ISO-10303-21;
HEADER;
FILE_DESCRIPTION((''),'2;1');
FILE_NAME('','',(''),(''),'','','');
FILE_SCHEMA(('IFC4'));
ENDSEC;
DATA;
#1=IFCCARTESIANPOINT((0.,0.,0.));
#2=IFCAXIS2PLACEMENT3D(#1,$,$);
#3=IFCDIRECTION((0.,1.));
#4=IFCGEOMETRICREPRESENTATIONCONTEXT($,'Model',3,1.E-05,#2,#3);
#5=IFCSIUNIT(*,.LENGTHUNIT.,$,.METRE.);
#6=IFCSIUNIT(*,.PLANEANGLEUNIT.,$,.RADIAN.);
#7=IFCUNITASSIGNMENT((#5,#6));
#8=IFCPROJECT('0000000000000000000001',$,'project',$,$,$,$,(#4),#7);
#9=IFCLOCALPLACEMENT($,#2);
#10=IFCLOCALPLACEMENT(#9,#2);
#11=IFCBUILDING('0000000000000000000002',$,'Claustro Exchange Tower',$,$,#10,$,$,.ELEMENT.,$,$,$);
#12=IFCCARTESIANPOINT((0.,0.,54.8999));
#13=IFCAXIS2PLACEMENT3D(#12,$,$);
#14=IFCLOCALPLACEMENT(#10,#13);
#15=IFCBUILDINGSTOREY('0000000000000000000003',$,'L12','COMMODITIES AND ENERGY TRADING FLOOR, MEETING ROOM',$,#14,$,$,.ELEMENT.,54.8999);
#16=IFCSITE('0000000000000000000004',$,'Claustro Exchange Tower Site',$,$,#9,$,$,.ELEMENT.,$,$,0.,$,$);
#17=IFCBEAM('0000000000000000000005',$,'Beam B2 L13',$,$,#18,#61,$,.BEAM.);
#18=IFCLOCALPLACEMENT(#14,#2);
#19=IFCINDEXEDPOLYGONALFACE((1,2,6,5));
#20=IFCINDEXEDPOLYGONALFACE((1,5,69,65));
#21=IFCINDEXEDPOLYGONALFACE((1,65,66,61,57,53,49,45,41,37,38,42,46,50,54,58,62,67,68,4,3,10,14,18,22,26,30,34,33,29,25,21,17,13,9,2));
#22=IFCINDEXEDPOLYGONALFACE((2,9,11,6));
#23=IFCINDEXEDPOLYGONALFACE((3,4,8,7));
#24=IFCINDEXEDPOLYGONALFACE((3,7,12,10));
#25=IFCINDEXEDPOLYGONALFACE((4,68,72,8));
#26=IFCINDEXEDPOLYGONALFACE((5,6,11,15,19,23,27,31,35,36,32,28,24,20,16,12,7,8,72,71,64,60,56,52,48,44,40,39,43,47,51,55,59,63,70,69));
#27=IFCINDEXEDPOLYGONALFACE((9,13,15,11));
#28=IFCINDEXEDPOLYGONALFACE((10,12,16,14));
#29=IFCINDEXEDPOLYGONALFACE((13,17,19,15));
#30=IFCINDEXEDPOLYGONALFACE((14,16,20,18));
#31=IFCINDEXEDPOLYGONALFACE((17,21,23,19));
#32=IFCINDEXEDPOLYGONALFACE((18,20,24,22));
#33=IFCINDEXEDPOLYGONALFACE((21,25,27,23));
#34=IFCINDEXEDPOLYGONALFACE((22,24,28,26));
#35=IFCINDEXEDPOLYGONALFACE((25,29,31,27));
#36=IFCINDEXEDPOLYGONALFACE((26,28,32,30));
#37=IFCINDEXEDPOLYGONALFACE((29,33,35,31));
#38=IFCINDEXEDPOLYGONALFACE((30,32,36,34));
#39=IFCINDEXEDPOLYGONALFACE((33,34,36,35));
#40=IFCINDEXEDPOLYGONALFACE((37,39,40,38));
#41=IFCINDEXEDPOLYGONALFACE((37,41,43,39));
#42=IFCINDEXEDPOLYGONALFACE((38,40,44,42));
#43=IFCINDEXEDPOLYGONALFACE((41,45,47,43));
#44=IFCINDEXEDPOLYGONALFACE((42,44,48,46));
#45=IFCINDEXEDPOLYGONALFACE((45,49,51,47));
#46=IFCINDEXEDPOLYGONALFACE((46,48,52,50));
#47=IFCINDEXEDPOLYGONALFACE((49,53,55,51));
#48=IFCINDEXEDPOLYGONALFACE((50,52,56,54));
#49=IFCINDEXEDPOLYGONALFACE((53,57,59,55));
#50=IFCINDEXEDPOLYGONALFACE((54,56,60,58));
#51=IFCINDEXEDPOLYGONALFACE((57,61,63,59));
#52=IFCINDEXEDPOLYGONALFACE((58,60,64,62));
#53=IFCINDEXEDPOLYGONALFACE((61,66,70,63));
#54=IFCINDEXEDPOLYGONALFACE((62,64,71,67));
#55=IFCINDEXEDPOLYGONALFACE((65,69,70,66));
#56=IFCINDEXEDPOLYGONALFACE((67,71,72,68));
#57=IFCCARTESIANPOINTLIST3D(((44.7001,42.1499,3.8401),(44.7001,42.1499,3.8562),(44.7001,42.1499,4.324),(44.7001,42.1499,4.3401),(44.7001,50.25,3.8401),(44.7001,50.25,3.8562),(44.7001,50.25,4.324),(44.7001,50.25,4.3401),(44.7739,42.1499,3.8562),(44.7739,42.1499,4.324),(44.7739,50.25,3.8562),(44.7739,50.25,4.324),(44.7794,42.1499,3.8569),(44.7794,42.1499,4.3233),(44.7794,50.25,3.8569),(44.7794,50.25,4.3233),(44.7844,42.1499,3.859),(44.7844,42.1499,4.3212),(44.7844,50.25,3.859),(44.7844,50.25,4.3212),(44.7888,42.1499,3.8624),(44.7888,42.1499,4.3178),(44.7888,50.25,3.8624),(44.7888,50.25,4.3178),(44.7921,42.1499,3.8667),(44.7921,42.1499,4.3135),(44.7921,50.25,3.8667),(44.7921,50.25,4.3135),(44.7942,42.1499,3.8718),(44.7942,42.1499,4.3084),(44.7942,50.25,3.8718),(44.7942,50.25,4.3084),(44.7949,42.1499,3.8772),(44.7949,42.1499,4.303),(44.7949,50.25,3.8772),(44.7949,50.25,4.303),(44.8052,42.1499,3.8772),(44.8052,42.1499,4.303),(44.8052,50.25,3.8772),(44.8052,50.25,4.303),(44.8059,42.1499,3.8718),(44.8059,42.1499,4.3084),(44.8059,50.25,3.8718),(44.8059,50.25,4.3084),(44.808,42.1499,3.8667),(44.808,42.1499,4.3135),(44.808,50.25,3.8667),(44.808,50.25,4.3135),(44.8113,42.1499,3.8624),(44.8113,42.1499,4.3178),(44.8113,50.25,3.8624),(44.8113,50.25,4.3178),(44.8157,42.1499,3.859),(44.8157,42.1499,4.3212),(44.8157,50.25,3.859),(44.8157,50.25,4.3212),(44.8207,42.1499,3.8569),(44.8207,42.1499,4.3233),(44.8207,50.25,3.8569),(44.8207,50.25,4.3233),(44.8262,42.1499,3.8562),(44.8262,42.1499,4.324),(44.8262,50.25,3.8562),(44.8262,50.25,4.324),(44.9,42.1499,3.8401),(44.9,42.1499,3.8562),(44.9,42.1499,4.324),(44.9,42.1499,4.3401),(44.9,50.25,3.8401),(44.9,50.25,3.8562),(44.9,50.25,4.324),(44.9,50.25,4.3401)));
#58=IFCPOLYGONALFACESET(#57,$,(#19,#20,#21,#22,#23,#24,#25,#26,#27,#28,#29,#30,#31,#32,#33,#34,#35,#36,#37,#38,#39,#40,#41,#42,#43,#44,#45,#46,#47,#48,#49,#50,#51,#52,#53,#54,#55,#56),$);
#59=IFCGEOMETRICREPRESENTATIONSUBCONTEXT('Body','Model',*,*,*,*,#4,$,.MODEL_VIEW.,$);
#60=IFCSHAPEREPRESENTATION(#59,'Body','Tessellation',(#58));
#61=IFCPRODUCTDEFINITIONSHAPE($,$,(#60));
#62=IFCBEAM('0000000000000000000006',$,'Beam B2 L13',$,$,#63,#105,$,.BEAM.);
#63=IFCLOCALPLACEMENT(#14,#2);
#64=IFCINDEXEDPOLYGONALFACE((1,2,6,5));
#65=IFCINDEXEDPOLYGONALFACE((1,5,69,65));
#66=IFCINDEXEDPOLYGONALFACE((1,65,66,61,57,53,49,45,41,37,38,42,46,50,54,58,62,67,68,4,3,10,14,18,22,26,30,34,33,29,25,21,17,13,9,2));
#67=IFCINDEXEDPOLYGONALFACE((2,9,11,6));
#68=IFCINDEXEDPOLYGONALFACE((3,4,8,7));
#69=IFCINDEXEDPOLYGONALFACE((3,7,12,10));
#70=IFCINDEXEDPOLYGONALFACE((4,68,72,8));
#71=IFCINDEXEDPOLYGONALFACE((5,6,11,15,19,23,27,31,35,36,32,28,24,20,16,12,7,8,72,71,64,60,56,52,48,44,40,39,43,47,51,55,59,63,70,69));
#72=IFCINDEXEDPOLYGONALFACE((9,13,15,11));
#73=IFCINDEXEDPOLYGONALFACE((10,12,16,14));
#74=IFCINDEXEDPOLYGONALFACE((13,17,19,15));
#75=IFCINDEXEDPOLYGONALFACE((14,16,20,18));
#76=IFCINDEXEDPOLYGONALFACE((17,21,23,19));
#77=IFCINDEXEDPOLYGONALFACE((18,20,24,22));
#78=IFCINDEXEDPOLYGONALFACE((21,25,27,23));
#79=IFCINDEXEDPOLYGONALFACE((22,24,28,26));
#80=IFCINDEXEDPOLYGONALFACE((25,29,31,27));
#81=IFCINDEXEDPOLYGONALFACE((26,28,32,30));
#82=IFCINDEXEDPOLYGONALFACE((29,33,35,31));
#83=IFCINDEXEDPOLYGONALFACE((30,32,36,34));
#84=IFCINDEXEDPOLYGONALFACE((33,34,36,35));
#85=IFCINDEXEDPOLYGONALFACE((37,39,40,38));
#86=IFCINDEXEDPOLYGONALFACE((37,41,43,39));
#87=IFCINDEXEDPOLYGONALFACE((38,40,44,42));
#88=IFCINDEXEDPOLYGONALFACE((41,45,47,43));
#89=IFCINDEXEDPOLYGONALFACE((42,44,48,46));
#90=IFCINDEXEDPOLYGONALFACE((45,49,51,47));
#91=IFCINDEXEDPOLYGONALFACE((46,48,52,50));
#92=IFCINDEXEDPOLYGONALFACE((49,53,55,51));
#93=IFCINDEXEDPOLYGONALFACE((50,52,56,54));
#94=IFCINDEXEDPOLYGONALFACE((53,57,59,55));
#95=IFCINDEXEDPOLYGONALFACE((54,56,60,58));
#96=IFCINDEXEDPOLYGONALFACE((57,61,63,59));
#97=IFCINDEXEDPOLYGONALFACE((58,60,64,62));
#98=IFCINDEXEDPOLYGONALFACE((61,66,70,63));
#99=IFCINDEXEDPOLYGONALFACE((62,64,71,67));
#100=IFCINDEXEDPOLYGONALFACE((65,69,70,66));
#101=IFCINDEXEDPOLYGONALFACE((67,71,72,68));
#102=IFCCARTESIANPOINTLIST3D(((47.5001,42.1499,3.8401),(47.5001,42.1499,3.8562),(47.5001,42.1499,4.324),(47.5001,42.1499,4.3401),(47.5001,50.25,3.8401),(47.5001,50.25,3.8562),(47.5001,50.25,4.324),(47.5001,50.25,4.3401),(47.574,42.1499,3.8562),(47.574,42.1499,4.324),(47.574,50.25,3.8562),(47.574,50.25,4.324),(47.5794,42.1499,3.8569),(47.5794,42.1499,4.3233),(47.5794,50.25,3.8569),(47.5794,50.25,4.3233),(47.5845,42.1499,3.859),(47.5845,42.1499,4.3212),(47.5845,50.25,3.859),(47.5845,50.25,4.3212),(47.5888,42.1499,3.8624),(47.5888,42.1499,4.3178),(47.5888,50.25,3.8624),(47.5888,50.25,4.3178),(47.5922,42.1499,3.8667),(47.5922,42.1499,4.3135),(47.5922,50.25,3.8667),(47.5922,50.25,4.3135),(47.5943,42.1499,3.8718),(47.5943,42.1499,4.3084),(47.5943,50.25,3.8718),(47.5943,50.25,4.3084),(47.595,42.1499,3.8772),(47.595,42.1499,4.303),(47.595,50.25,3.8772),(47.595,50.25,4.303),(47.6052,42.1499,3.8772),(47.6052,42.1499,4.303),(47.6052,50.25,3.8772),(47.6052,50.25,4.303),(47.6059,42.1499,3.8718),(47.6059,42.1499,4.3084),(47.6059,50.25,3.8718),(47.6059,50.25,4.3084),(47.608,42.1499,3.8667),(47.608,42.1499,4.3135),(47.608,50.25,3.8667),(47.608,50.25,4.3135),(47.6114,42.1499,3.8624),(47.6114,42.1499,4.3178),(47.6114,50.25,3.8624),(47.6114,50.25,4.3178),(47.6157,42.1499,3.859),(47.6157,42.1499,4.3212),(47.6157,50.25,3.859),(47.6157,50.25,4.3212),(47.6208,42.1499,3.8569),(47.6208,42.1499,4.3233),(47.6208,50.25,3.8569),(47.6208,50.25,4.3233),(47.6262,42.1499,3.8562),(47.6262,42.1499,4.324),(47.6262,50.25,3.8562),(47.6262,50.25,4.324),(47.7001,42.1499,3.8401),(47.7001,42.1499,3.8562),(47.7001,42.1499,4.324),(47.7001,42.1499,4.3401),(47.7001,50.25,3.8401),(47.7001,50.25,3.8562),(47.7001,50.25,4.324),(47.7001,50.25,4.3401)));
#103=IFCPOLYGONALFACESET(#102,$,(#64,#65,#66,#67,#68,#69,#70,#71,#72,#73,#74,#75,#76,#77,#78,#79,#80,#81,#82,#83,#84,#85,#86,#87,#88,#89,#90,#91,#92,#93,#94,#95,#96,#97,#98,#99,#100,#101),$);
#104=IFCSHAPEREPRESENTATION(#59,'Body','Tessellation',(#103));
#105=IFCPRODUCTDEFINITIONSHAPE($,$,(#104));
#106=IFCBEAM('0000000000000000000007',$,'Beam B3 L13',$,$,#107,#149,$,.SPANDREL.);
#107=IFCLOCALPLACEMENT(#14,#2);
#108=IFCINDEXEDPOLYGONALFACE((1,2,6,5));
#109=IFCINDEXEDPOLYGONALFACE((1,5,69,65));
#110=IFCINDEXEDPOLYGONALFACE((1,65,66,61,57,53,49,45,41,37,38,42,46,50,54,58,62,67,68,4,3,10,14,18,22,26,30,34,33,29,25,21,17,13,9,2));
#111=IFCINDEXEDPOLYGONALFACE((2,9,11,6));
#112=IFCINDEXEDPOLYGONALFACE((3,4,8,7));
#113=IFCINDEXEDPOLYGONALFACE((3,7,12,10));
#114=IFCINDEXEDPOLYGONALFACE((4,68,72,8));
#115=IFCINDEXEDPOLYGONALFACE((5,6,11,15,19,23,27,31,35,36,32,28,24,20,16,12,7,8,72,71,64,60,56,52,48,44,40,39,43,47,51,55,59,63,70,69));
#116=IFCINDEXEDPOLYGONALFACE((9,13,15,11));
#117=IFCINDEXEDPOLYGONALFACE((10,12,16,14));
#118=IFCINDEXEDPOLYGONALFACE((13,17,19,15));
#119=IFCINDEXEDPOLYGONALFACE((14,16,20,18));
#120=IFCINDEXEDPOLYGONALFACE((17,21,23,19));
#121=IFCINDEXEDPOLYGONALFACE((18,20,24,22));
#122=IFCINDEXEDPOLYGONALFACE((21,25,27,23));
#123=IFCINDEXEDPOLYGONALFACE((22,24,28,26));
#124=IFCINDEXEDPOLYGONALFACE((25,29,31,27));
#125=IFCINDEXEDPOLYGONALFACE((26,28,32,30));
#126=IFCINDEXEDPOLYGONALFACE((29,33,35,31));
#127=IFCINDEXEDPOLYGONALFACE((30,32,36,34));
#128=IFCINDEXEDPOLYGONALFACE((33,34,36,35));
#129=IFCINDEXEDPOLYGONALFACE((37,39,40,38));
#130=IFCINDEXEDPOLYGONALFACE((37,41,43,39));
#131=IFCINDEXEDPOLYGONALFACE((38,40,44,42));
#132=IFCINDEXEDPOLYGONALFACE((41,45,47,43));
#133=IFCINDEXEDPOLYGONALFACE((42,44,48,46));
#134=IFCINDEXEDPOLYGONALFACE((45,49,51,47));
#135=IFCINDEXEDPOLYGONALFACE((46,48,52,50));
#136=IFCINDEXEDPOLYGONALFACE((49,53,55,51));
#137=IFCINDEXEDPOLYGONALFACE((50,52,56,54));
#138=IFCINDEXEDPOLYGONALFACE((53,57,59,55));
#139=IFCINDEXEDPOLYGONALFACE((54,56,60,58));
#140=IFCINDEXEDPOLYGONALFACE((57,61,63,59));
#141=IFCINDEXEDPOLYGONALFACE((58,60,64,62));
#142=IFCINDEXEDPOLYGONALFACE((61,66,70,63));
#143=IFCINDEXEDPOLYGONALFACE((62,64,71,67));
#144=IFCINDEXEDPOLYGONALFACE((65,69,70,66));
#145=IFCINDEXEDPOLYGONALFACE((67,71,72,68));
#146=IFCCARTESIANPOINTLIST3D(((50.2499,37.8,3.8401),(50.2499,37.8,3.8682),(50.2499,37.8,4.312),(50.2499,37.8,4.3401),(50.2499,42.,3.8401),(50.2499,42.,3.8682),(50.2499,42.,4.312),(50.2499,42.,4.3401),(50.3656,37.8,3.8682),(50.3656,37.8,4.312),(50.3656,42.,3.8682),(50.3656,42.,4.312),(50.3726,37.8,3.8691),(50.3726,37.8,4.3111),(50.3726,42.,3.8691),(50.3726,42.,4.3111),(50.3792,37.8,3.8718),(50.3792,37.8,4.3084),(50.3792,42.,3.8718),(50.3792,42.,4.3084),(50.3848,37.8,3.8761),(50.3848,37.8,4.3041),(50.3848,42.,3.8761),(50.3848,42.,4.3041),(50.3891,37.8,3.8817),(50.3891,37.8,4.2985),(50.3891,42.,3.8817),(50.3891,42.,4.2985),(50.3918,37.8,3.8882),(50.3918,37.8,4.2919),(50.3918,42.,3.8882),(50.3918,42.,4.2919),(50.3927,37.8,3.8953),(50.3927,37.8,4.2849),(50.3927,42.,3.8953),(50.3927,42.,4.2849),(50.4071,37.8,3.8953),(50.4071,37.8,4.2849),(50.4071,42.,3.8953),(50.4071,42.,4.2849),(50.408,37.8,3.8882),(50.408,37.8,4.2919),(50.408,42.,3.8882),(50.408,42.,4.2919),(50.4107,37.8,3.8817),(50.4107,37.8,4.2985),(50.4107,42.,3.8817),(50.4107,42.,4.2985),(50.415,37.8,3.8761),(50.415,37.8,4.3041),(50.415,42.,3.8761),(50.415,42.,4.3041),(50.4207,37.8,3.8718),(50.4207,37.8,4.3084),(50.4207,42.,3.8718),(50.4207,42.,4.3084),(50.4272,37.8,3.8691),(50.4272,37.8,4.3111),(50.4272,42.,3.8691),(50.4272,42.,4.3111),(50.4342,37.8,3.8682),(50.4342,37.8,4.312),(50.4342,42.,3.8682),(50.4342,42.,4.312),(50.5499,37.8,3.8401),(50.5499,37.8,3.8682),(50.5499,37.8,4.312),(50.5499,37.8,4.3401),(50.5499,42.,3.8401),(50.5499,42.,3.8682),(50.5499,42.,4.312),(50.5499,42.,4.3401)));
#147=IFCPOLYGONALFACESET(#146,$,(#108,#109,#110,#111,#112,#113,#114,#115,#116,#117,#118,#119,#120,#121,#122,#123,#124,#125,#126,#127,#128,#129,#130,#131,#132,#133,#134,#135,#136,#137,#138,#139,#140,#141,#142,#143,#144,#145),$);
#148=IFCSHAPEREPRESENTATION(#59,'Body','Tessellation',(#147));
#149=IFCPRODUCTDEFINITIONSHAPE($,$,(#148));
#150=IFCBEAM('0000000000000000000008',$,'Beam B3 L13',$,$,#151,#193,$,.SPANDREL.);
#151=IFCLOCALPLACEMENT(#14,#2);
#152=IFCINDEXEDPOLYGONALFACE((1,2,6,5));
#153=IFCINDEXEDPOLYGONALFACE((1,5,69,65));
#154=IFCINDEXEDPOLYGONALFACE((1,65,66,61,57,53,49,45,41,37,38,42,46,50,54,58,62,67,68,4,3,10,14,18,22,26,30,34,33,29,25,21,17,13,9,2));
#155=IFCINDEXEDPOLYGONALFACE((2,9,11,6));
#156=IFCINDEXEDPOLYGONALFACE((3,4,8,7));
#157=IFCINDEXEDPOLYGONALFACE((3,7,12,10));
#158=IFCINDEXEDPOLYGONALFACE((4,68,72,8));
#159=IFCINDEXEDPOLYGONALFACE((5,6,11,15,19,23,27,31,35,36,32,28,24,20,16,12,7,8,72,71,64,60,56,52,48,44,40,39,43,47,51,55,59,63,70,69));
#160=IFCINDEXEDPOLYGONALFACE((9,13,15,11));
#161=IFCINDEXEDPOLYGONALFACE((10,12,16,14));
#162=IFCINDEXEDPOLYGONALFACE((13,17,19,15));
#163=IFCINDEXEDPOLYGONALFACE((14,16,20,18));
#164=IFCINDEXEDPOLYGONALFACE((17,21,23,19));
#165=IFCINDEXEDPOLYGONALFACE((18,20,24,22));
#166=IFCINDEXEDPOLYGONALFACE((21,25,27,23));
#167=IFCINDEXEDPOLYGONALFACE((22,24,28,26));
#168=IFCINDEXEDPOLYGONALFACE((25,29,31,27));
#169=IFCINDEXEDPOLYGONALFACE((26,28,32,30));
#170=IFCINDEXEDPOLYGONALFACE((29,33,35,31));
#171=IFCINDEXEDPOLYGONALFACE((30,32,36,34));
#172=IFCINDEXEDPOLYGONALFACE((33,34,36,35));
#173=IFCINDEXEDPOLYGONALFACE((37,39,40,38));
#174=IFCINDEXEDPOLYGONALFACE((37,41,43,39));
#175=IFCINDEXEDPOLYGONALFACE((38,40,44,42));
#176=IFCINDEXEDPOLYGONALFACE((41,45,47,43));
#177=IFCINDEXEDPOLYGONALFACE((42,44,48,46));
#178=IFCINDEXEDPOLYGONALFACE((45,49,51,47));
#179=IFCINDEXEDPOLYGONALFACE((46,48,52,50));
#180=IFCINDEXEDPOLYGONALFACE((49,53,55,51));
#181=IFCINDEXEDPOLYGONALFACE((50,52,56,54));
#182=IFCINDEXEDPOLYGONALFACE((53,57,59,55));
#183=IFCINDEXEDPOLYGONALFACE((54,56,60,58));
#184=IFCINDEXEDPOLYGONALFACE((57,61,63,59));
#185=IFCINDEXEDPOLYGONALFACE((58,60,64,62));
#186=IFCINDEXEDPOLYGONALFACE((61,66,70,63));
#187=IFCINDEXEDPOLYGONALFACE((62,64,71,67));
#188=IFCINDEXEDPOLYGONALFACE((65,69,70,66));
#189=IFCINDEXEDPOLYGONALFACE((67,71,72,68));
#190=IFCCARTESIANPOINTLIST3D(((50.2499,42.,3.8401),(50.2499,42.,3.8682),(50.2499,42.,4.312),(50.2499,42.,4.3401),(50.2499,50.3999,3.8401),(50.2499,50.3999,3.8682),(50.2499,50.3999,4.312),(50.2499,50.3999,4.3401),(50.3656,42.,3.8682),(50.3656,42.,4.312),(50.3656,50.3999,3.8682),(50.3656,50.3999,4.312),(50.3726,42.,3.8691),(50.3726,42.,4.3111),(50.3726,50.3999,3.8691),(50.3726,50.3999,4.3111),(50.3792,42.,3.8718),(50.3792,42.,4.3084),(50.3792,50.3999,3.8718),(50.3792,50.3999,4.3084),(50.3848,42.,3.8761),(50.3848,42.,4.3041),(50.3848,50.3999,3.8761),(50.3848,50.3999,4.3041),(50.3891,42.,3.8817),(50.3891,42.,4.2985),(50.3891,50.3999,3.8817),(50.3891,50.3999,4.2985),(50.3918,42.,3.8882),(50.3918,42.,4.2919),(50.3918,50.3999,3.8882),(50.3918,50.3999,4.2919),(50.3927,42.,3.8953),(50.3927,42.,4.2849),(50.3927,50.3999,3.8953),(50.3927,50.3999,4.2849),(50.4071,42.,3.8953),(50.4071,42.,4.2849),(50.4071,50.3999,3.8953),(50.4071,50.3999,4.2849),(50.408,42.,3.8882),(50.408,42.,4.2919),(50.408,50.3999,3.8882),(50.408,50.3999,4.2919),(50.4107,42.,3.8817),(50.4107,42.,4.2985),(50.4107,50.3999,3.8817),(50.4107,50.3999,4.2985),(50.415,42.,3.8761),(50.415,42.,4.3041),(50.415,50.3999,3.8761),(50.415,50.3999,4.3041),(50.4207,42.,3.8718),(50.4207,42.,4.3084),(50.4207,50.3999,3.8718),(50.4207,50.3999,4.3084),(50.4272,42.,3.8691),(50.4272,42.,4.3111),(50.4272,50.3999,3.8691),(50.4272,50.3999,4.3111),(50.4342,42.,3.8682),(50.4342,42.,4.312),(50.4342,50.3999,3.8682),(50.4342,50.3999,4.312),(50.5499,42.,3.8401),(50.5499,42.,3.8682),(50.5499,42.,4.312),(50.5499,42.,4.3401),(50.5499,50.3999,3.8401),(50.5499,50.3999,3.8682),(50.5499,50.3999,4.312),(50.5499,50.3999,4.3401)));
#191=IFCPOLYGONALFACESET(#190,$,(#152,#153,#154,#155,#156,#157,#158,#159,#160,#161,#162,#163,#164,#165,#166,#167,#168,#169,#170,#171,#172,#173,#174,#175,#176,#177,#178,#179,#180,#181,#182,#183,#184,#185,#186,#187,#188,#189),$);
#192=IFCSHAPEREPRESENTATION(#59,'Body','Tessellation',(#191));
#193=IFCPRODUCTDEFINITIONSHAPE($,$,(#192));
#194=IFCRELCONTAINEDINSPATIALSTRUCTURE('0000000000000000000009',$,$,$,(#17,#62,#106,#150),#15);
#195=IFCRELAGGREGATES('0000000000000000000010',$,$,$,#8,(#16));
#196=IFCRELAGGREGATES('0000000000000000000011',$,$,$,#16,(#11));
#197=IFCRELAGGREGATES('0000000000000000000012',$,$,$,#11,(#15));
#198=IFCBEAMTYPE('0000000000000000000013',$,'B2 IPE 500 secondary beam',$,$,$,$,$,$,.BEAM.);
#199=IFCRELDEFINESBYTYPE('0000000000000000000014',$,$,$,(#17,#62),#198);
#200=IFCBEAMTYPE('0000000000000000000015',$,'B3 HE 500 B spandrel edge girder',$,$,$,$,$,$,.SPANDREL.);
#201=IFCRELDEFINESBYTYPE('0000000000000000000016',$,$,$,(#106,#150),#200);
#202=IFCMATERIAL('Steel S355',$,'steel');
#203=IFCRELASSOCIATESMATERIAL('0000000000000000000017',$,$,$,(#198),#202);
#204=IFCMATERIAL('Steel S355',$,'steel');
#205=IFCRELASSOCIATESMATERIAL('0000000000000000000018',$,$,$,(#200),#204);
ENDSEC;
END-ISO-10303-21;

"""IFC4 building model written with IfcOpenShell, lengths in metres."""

from ifc_helpers import new_model, si_unit, direction, frame, origin, origin_2d, place, context, subcontext, project, spatial, i_section, extrude, material, material_profile, profile_set, type_object, element, save


model = new_model("IFC4")

# Units and contexts
model_context = context("Model", 3, precision=1e-05, world=origin(), true_north=direction((0.0, 1.0)))
body_context = subcontext(model_context, "Body", "Model", "MODEL_VIEW")
ifc_project = project(units=[si_unit("LENGTHUNIT", "METRE"), si_unit("PLANEANGLEUNIT", "RADIAN")], contexts=[model_context])

# Site, building, storey
site_placement = place(None, origin())
site = spatial("IfcSite", under=ifc_project, at=site_placement, Name="Claustro Exchange Tower Site", CompositionType="ELEMENT", RefElevation=0.0)
building_placement = place(site_placement, origin())
building = spatial("IfcBuilding", under=site, at=building_placement, Name="Claustro Exchange Tower", CompositionType="ELEMENT")
storey_placement = place(building_placement, frame((0.0, 0.0, 54.8999)))
storey = spatial("IfcBuildingStorey", under=building, at=storey_placement, Name="L12", Description="COMMODITIES AND ENERGY TRADING FLOOR, MEETING ROOM", CompositionType="ELEMENT", Elevation=54.8999)

# Beams
ifc_material_1 = material(Name="Steel S355", Category="steel")
ifc_material_profile_1 = material_profile(ifc_material_1, i_section(OverallWidth=0.2, OverallDepth=0.5, WebThickness=0.0103, FlangeThickness=0.0161, FilletRadius=0.021, at=origin_2d()), Name="IPE 500")
ifc_profile_set_1 = profile_set([ifc_material_profile_1], Name="Steel S355")
beam_type_1 = type_object("IfcBeamType", Name="B2 IPE 500 secondary beam", PredefinedType="BEAM", material=ifc_profile_set_1)
for number, where, z_axis, x_axis, name in (
    (1, (44.8, 42.1499, 4.0901), (0.0, 1.0, 0.0), (-1.0, 0.0, 0.0), "Beam B2 L13"),
    (2, (47.6001, 42.1499, 4.0901), (0.0, 1.0, 0.0), (-1.0, 0.0, 0.0), "Beam B2 L13"),
):
    element("IfcBeam", number, at=place(storey_placement, frame(where, z_axis=z_axis, x_axis=x_axis)), inside=storey, type_object=beam_type_1, Name=name, PredefinedType="BEAM", context=body_context, shape_type="SweptSolid", body=[
        extrude(i_section(OverallWidth=0.2, OverallDepth=0.5, WebThickness=0.0103, FlangeThickness=0.0161, FilletRadius=0.021, at=origin_2d()), origin(), (0.0, 0.0, 1.0), 8.1001),
    ])
ifc_material_2 = material(Name="Steel S355", Category="steel")
ifc_material_profile_2 = material_profile(ifc_material_2, i_section(OverallWidth=0.3, OverallDepth=0.5, WebThickness=0.0144, FlangeThickness=0.0281, FilletRadius=0.0271, at=origin_2d()), Name="HE 500 B")
ifc_profile_set_2 = profile_set([ifc_material_profile_2], Name="Steel S355")
beam_type_2 = type_object("IfcBeamType", Name="B3 HE 500 B spandrel edge girder", PredefinedType="SPANDREL", material=ifc_profile_set_2)
beam_placement = place(storey_placement, frame((50.3999, 37.8, 4.0901), z_axis=(0.0, 1.0, 0.0), x_axis=(-1.0, 0.0, 0.0)))
element("IfcBeam", 3, at=beam_placement, inside=storey, type_object=beam_type_2, Name="Beam B3 L13", PredefinedType="SPANDREL", context=body_context, shape_type="SweptSolid", body=[
    extrude(i_section(OverallWidth=0.3, OverallDepth=0.5, WebThickness=0.0144, FlangeThickness=0.0281, FilletRadius=0.0271, at=origin_2d()), origin(), (0.0, 0.0, 1.0), 4.2),
])
for number, where, z_axis, x_axis, name in (
    (4, (50.3999, 42.0, 4.0901), (0.0, 1.0, 0.0), (-1.0, 0.0, 0.0), "Beam B3 L13"),
):
    element("IfcBeam", number, at=place(storey_placement, frame(where, z_axis=z_axis, x_axis=x_axis)), inside=storey, type_object=beam_type_2, Name=name, PredefinedType="SPANDREL", context=body_context, shape_type="SweptSolid", body=[
        extrude(i_section(OverallWidth=0.3, OverallDepth=0.5, WebThickness=0.0144, FlangeThickness=0.0281, FilletRadius=0.0271, at=origin_2d()), origin(), (0.0, 0.0, 1.0), 8.3999),
    ])

save(model, "model.ifc")
